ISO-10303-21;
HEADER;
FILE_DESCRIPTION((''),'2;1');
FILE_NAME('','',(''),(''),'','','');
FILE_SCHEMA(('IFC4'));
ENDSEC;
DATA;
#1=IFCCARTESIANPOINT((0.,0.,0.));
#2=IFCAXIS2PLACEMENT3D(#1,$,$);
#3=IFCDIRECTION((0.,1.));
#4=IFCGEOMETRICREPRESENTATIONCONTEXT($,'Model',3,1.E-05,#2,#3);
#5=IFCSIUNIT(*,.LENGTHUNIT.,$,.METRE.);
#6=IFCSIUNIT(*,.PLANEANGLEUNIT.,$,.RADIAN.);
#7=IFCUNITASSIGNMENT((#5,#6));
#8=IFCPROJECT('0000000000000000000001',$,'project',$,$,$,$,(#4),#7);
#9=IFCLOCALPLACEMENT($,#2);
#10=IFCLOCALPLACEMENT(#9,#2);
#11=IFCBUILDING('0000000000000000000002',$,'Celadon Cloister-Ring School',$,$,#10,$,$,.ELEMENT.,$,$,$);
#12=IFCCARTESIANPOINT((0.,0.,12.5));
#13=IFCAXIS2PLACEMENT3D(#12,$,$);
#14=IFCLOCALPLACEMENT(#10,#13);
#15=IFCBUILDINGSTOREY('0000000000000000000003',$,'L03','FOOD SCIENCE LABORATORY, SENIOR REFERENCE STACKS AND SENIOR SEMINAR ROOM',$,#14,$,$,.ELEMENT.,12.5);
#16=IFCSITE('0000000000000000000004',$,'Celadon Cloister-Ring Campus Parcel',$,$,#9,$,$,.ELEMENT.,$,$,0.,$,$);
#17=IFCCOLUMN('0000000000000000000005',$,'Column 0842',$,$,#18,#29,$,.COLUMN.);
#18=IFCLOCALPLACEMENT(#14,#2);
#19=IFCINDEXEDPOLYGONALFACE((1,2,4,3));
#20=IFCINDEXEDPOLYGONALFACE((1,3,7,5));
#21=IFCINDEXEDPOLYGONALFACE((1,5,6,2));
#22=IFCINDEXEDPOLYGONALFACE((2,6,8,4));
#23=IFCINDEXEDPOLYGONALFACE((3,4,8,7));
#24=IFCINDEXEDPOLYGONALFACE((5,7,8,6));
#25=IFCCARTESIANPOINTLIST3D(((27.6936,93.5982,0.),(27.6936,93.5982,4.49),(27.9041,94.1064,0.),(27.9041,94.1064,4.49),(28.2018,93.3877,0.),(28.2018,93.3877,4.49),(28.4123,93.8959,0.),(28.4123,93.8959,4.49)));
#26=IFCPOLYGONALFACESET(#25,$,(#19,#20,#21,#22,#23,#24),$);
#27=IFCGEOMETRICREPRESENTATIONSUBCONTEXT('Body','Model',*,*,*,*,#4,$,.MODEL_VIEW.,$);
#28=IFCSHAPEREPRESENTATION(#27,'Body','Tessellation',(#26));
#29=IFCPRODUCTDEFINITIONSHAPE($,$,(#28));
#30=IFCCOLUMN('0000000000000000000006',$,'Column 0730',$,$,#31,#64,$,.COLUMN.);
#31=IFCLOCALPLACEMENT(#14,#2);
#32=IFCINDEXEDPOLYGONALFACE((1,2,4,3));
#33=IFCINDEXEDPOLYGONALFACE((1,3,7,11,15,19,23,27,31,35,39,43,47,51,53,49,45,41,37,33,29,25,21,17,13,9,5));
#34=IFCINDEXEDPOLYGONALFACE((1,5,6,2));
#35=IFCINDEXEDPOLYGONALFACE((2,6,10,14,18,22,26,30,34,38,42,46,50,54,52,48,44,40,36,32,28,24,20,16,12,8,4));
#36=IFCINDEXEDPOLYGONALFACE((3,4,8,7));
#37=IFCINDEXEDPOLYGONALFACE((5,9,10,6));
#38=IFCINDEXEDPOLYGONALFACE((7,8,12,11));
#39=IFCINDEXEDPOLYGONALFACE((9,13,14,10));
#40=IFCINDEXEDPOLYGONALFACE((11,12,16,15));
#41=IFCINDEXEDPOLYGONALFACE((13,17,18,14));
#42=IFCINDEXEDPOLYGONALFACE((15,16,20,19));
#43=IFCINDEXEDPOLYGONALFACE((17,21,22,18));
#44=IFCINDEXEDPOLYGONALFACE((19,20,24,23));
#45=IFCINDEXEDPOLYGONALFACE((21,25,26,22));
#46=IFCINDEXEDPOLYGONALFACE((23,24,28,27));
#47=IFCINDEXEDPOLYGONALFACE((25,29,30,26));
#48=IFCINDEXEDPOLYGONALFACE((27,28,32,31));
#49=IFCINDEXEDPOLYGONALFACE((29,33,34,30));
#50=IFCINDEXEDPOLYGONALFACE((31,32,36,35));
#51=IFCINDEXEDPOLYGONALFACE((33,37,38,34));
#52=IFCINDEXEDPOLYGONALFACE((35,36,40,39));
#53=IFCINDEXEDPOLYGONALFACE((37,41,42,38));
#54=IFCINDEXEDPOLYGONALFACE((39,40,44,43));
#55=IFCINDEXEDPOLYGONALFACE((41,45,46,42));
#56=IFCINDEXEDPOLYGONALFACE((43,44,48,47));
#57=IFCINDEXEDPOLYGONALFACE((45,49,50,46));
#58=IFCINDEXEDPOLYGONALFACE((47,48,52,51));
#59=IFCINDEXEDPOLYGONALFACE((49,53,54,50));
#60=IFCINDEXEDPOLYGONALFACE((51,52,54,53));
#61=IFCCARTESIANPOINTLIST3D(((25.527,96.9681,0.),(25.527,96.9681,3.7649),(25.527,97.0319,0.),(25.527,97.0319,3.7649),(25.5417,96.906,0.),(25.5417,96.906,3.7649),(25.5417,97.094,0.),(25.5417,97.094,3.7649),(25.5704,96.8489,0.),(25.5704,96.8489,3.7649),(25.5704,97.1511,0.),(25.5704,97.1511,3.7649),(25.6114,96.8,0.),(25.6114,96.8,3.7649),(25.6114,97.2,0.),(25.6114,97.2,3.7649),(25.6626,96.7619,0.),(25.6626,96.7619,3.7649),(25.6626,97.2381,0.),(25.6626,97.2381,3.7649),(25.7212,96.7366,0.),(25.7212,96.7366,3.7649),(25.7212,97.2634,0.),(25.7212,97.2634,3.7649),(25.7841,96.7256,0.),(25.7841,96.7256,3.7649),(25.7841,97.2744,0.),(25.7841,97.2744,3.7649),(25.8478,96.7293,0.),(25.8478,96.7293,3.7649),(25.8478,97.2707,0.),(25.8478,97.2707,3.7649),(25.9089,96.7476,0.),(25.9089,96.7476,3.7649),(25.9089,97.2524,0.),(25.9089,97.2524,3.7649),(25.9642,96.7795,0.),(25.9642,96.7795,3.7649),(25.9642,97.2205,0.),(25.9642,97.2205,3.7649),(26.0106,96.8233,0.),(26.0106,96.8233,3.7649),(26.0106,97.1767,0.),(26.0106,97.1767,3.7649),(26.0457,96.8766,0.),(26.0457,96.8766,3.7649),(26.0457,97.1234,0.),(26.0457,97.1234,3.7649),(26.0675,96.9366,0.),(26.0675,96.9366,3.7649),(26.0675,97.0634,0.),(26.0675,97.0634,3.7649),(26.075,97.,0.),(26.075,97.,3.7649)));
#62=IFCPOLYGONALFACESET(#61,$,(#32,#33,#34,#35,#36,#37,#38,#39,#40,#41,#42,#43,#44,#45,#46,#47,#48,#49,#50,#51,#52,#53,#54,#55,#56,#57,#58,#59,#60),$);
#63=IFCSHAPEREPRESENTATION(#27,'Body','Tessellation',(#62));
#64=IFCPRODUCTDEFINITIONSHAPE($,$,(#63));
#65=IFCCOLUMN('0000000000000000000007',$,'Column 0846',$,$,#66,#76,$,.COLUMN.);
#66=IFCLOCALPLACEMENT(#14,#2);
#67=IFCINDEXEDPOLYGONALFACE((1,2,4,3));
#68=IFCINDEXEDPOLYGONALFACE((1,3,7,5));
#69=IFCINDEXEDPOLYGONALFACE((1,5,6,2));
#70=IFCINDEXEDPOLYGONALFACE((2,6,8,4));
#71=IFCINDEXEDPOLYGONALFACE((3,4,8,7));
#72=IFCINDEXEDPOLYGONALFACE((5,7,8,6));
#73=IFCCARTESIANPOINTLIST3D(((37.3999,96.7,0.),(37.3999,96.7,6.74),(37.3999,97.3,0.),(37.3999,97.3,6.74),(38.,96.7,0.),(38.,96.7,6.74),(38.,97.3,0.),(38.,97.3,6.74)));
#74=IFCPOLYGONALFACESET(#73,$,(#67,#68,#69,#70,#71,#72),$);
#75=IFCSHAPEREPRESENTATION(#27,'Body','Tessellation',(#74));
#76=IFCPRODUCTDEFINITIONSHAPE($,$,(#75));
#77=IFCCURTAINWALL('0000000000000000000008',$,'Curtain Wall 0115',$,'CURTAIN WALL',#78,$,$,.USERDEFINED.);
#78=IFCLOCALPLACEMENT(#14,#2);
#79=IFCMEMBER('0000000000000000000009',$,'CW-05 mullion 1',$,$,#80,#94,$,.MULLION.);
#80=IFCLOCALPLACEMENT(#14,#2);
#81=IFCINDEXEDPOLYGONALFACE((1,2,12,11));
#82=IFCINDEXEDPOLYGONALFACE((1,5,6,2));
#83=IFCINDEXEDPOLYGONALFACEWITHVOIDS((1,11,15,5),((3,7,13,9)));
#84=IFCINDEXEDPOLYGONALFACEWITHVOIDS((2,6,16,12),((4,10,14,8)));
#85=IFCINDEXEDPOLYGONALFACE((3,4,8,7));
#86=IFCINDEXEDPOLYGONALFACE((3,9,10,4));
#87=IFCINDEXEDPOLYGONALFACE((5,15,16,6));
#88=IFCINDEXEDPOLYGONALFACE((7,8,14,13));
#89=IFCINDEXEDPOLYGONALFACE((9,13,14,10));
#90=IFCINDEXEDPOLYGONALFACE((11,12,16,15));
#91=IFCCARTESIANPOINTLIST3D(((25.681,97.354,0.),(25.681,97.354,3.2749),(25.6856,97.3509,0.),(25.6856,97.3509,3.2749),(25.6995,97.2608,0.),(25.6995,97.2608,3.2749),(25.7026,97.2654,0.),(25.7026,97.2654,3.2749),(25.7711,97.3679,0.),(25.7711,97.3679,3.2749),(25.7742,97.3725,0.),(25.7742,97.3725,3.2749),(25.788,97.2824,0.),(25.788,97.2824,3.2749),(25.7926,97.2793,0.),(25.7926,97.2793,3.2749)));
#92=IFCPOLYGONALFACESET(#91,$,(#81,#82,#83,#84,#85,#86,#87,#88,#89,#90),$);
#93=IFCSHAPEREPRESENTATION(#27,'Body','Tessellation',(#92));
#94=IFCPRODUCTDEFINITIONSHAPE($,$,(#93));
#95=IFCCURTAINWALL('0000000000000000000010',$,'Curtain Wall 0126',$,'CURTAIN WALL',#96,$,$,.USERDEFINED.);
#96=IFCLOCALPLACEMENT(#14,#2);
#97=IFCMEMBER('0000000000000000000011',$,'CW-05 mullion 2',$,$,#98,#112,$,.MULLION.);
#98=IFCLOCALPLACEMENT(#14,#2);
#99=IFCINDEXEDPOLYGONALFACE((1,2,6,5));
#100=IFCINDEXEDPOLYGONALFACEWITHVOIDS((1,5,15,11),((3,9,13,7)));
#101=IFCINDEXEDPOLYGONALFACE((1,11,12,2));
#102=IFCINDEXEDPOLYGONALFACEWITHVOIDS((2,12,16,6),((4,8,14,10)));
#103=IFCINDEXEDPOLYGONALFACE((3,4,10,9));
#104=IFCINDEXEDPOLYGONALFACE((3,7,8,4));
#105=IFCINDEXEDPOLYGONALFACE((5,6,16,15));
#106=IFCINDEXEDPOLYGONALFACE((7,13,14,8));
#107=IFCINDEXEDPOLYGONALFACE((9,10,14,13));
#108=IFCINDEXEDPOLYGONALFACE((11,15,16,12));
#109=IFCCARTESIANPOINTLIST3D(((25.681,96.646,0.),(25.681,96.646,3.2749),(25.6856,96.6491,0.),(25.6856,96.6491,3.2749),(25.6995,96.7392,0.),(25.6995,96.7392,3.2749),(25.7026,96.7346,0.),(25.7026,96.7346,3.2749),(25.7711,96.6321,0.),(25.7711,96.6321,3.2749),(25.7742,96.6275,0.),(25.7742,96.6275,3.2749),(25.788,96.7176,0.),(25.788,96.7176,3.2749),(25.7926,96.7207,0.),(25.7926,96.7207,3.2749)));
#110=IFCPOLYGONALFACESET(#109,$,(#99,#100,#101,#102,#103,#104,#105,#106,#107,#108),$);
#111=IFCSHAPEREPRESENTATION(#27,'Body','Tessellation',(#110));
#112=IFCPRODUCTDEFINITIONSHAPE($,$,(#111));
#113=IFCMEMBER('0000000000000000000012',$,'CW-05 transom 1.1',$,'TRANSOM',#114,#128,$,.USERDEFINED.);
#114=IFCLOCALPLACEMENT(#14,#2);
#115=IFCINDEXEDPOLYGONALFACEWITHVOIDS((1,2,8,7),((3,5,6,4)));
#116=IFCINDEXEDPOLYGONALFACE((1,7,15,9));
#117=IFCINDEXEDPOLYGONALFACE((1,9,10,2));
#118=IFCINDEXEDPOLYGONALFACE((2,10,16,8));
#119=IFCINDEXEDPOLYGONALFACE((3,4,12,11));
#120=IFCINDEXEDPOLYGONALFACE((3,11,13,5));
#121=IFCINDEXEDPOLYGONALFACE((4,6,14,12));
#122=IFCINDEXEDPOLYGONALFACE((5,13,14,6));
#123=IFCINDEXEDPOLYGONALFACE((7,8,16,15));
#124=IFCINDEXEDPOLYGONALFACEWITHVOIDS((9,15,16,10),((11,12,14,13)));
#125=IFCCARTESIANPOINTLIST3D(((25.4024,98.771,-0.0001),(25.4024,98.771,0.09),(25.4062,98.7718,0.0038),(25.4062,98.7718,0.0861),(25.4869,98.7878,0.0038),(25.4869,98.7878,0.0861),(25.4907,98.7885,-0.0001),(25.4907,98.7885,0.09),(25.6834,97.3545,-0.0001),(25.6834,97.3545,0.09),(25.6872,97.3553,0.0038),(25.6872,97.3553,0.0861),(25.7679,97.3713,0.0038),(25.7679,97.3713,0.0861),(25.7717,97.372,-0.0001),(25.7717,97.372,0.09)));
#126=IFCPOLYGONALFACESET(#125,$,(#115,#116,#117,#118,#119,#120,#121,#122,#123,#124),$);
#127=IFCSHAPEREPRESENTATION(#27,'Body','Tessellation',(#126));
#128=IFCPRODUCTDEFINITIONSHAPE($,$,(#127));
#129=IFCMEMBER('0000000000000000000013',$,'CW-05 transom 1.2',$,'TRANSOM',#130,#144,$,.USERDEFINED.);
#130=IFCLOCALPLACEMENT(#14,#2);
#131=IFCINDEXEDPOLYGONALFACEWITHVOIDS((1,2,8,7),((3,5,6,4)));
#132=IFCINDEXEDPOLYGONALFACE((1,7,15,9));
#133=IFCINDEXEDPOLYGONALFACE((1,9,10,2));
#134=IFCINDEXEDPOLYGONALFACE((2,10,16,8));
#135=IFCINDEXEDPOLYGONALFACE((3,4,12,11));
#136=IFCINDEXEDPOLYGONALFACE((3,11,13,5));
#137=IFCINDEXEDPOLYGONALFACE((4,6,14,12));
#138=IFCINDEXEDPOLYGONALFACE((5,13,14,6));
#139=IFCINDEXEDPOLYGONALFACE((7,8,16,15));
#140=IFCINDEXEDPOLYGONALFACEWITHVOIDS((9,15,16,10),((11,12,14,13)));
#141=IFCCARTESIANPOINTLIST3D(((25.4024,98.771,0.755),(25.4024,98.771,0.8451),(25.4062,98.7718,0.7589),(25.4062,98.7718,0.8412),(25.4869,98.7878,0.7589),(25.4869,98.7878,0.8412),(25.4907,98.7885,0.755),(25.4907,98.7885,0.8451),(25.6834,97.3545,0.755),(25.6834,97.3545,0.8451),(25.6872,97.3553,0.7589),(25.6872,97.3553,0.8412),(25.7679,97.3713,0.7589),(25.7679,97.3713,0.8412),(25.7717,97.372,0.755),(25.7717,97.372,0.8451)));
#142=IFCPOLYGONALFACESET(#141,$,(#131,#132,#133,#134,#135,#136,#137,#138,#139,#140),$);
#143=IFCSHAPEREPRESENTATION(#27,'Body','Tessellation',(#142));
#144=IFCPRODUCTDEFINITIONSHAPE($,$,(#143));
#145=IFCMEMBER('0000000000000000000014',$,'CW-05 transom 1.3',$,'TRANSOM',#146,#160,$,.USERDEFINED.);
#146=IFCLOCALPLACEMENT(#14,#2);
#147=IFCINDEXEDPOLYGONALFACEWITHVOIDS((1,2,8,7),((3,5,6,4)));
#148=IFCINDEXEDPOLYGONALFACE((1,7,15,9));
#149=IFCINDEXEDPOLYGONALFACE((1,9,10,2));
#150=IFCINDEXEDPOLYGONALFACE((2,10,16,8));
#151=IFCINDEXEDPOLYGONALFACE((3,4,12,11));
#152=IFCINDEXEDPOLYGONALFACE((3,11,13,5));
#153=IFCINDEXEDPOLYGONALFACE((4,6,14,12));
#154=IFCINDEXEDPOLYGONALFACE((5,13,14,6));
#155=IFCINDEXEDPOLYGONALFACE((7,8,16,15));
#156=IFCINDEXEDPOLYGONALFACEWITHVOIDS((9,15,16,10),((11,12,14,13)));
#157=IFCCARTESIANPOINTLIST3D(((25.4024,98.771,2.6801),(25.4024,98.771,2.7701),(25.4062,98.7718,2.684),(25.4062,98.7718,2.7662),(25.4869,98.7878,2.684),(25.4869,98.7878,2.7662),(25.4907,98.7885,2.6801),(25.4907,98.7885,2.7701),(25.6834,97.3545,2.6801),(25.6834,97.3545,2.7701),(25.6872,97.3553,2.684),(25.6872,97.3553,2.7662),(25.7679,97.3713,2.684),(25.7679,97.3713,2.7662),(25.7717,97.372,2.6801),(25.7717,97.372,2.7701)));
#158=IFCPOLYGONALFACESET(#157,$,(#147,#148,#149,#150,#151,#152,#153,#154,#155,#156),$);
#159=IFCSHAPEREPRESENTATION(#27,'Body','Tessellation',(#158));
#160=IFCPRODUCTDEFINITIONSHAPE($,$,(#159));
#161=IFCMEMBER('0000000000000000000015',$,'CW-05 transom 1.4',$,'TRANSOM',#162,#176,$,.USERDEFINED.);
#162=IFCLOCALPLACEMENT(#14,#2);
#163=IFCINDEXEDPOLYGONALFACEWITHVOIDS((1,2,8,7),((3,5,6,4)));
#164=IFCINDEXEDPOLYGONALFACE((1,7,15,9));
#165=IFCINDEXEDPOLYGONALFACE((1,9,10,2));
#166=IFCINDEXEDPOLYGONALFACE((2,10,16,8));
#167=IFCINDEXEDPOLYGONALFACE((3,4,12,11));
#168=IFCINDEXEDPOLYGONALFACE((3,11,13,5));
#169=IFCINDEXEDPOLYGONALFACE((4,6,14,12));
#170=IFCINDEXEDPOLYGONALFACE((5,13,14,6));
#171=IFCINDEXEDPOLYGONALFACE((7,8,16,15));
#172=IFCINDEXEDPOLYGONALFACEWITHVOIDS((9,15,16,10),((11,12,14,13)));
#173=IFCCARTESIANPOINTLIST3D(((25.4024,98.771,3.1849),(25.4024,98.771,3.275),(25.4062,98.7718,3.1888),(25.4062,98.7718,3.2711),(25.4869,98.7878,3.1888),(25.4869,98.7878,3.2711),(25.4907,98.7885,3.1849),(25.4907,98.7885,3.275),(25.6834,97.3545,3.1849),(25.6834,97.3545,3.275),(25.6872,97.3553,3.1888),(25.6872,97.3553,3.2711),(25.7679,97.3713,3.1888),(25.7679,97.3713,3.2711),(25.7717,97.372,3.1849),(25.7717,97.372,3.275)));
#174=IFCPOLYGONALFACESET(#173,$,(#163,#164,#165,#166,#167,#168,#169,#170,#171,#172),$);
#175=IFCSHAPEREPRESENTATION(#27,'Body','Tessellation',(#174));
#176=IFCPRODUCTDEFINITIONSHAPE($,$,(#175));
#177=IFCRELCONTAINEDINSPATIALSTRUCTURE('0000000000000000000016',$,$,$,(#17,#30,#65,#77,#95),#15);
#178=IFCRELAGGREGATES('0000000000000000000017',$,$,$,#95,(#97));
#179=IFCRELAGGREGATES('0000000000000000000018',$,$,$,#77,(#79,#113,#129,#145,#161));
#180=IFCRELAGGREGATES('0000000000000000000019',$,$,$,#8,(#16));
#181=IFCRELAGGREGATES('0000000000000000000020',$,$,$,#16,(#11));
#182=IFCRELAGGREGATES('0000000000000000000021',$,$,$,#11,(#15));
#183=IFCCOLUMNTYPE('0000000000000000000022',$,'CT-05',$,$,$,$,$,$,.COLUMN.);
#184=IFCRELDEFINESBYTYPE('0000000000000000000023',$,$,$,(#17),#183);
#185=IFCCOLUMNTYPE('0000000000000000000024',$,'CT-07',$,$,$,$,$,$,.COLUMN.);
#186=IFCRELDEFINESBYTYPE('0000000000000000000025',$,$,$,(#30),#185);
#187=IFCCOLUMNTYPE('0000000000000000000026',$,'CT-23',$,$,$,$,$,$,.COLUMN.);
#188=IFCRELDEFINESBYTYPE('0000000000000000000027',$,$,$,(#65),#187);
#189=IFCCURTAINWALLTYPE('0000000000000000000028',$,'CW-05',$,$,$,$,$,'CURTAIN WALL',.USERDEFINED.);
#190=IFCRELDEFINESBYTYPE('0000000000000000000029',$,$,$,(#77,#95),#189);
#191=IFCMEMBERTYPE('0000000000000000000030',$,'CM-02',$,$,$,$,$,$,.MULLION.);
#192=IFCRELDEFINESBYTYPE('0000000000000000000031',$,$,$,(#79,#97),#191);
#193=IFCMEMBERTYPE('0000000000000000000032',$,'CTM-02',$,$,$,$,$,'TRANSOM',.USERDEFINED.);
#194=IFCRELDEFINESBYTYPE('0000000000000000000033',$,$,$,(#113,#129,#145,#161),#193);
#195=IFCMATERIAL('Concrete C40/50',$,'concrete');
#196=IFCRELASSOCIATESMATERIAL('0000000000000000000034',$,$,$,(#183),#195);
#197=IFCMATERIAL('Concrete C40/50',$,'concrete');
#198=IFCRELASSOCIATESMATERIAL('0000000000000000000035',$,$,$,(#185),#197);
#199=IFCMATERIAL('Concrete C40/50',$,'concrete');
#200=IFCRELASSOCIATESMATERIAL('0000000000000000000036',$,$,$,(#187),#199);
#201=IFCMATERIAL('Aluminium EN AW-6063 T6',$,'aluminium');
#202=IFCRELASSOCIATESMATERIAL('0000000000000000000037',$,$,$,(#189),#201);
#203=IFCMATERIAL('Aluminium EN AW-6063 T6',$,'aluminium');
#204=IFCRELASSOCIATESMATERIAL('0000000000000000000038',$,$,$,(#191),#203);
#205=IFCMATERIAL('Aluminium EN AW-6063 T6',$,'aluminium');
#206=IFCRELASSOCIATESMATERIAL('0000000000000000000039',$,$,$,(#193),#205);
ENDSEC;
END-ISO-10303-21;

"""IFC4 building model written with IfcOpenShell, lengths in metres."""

from ifc_helpers import new_model, si_unit, direction, frame, origin, origin_2d, place, context, subcontext, project, spatial, rectangle, hollow_rectangle, circle, extrude, material, material_profile, profile_set, type_object, element, aggregate, save


model = new_model("IFC4")

# Units and contexts
model_context = context("Model", 3, precision=1e-05, world=origin(), true_north=direction((0.0, 1.0)))
body_context = subcontext(model_context, "Body", "Model", "MODEL_VIEW")
ifc_project = project(units=[si_unit("LENGTHUNIT", "METRE"), si_unit("PLANEANGLEUNIT", "RADIAN")], contexts=[model_context])

# Site, building, storey
site_placement = place(None, origin())
site = spatial("IfcSite", under=ifc_project, at=site_placement, Name="Celadon Cloister-Ring Campus Parcel", CompositionType="ELEMENT", RefElevation=0.0)
building_placement = place(site_placement, origin())
building = spatial("IfcBuilding", under=site, at=building_placement, Name="Celadon Cloister-Ring School", CompositionType="ELEMENT")
storey_placement = place(building_placement, frame((0.0, 0.0, 12.5)))
storey = spatial("IfcBuildingStorey", under=building, at=storey_placement, Name="L03", Description="FOOD SCIENCE LABORATORY, SENIOR REFERENCE STACKS AND SENIOR SEMINAR ROOM", CompositionType="ELEMENT", Elevation=12.5)

# Columns
ifc_material_1 = material(Name="Concrete C40/50", Category="concrete")
ifc_material_profile_1 = material_profile(ifc_material_1, rectangle(XDim=0.55, YDim=0.55, at=origin_2d()), Name="RC550X550")
ifc_profile_set_1 = profile_set([ifc_material_profile_1], Name="Concrete C40/50")
column_type_1 = type_object("IfcColumnType", Name="CT-05", PredefinedType="COLUMN", material=ifc_profile_set_1)
column_1_placement = place(storey_placement, frame((28.053, 93.7471, 0.0), z_axis=(0.0, 0.0, 1.0), x_axis=(0.92388, -0.382683, 0.0)))
element("IfcColumn", 1, at=column_1_placement, inside=storey, type_object=column_type_1, Name="Column 0842", PredefinedType="COLUMN", context=body_context, shape_type="SweptSolid", body=[
    extrude(rectangle(XDim=0.55, YDim=0.55, at=origin_2d()), origin(), (0.0, 0.0, 1.0), 4.49),
])
ifc_material_2 = material(Name="Concrete C40/50", Category="concrete")
ifc_material_profile_2 = material_profile(ifc_material_2, circle(Radius=0.2749, at=origin_2d()), Name="CIRC550")
ifc_profile_set_2 = profile_set([ifc_material_profile_2], Name="Concrete C40/50")
column_type_2 = type_object("IfcColumnType", Name="CT-07", PredefinedType="COLUMN", material=ifc_profile_set_2)
column_2_placement = place(storey_placement, frame((25.8, 97.0, 0.0), z_axis=(0.0, 0.0, 1.0), x_axis=(1.0, 0.0, 0.0)))
element("IfcColumn", 2, at=column_2_placement, inside=storey, type_object=column_type_2, Name="Column 0730", PredefinedType="COLUMN", context=body_context, shape_type="SweptSolid", body=[
    extrude(circle(Radius=0.2749, at=origin_2d()), origin(), (0.0, 0.0, 1.0), 3.7649),
])
ifc_material_3 = material(Name="Concrete C40/50", Category="concrete")
ifc_material_profile_3 = material_profile(ifc_material_3, rectangle(XDim=0.6001, YDim=0.6001, at=origin_2d()), Name="RC600X600")
ifc_profile_set_3 = profile_set([ifc_material_profile_3], Name="Concrete C40/50")
column_type_3 = type_object("IfcColumnType", Name="CT-23", PredefinedType="COLUMN", material=ifc_profile_set_3)
column_3_placement = place(storey_placement, frame((37.7, 97.0, 0.0), z_axis=(0.0, 0.0, 1.0), x_axis=(1.0, 0.0, 0.0)))
element("IfcColumn", 3, at=column_3_placement, inside=storey, type_object=column_type_3, Name="Column 0846", PredefinedType="COLUMN", context=body_context, shape_type="SweptSolid", body=[
    extrude(rectangle(XDim=0.6001, YDim=0.6001, at=origin_2d()), origin(), (0.0, 0.0, 1.0), 6.74),
])

# Curtain walls, members
ifc_material_4 = material(Name="Aluminium EN AW-6063 T6", Category="aluminium")
curtain_wall_type = type_object("IfcCurtainWallType", Name="CW-05", ElementType="CURTAIN WALL", PredefinedType="USERDEFINED", material=ifc_material_4)
curtain_wall_1_placement = place(storey_placement, origin())
curtain_wall_1 = element("IfcCurtainWall", 4, at=curtain_wall_1_placement, inside=storey, type_object=curtain_wall_type, Name="Curtain Wall 0115", ObjectType="CURTAIN WALL", PredefinedType="USERDEFINED")
ifc_material_5 = material(Name="Aluminium EN AW-6063 T6", Category="aluminium")
ifc_material_profile_4 = material_profile(ifc_material_5, hollow_rectangle(XDim=0.095, YDim=0.095, WallThickness=0.0039, at=origin_2d()), Name="RHS95X95X4")
ifc_profile_set_4 = profile_set([ifc_material_profile_4], Name="Aluminium EN AW-6063 T6")
member_type_1 = type_object("IfcMemberType", Name="CM-02", PredefinedType="MULLION", material=ifc_profile_set_4)
member_1_placement = place(storey_placement, frame((25.7368, 97.3167, 0.0), z_axis=(0.0, 0.0, 1.0), x_axis=(-0.980885, -0.194586, 0.0)))
member_1 = element("IfcMember", 5, at=member_1_placement, type_object=member_type_1, Name="CW-05 mullion 1", PredefinedType="MULLION", context=body_context, shape_type="SweptSolid", body=[
    extrude(hollow_rectangle(XDim=0.095, YDim=0.095, WallThickness=0.0039, at=origin_2d()), origin(), (0.0, 0.0, 1.0), 3.2749),
])
curtain_wall_2_placement = place(storey_placement, origin())
curtain_wall_2 = element("IfcCurtainWall", 6, at=curtain_wall_2_placement, inside=storey, type_object=curtain_wall_type, Name="Curtain Wall 0126", ObjectType="CURTAIN WALL", PredefinedType="USERDEFINED")
member_2_placement = place(storey_placement, frame((25.7368, 96.6833, 0.0), z_axis=(0.0, 0.0, 1.0), x_axis=(-0.980885, 0.194586, 0.0)))
member_2 = element("IfcMember", 7, at=member_2_placement, type_object=member_type_1, Name="CW-05 mullion 2", PredefinedType="MULLION", context=body_context, shape_type="SweptSolid", body=[
    extrude(hollow_rectangle(XDim=0.095, YDim=0.095, WallThickness=0.0039, at=origin_2d()), origin(), (0.0, 0.0, 1.0), 3.2749),
])
aggregate(curtain_wall_2, [member_2])

# Members
ifc_material_6 = material(Name="Aluminium EN AW-6063 T6", Category="aluminium")
ifc_material_profile_5 = material_profile(ifc_material_6, hollow_rectangle(XDim=0.0901, YDim=0.0901, WallThickness=0.0039, at=origin_2d()), Name="RHS90X90X4")
ifc_profile_set_5 = profile_set([ifc_material_profile_5], Name="Aluminium EN AW-6063 T6")
member_type_2 = type_object("IfcMemberType", Name="CTM-02", ElementType="TRANSOM", PredefinedType="USERDEFINED", material=ifc_profile_set_5)
member_3_placement = place(storey_placement, frame((25.7275, 97.3633, 0.0449), z_axis=(-0.194588, 0.980885, 0.0), x_axis=(-0.980885, -0.194588, 0.0)))
member_3 = element("IfcMember", 8, at=member_3_placement, type_object=member_type_2, Name="CW-05 transom 1.1", ObjectType="TRANSOM", PredefinedType="USERDEFINED", context=body_context, shape_type="SweptSolid", body=[
    extrude(hollow_rectangle(XDim=0.0901, YDim=0.0901, WallThickness=0.0039, at=origin_2d()), origin(), (0.0, 0.0, 1.0), 1.4441),
])
member_4_placement = place(storey_placement, frame((25.7275, 97.3633, 0.8), z_axis=(-0.194588, 0.980885, 0.0), x_axis=(-0.980885, -0.194588, 0.0)))
member_4 = element("IfcMember", 9, at=member_4_placement, type_object=member_type_2, Name="CW-05 transom 1.2", ObjectType="TRANSOM", PredefinedType="USERDEFINED", context=body_context, shape_type="SweptSolid", body=[
    extrude(hollow_rectangle(XDim=0.0901, YDim=0.0901, WallThickness=0.0039, at=origin_2d()), origin(), (0.0, 0.0, 1.0), 1.4441),
])
member_5_placement = place(storey_placement, frame((25.7275, 97.3633, 2.7251), z_axis=(-0.194588, 0.980885, 0.0), x_axis=(-0.980885, -0.194588, 0.0)))
member_5 = element("IfcMember", 10, at=member_5_placement, type_object=member_type_2, Name="CW-05 transom 1.3", ObjectType="TRANSOM", PredefinedType="USERDEFINED", context=body_context, shape_type="SweptSolid", body=[
    extrude(hollow_rectangle(XDim=0.0901, YDim=0.0901, WallThickness=0.0039, at=origin_2d()), origin(), (0.0, 0.0, 1.0), 1.4441),
])
member_6_placement = place(storey_placement, frame((25.7275, 97.3633, 3.23), z_axis=(-0.194588, 0.980885, 0.0), x_axis=(-0.980885, -0.194588, 0.0)))
member_6 = element("IfcMember", 11, at=member_6_placement, type_object=member_type_2, Name="CW-05 transom 1.4", ObjectType="TRANSOM", PredefinedType="USERDEFINED", context=body_context, shape_type="SweptSolid", body=[
    extrude(hollow_rectangle(XDim=0.0901, YDim=0.0901, WallThickness=0.0039, at=origin_2d()), origin(), (0.0, 0.0, 1.0), 1.4441),
])

aggregate(curtain_wall_1, [member_1, member_3, member_4, member_5, member_6])

save(model, "model.ifc")
